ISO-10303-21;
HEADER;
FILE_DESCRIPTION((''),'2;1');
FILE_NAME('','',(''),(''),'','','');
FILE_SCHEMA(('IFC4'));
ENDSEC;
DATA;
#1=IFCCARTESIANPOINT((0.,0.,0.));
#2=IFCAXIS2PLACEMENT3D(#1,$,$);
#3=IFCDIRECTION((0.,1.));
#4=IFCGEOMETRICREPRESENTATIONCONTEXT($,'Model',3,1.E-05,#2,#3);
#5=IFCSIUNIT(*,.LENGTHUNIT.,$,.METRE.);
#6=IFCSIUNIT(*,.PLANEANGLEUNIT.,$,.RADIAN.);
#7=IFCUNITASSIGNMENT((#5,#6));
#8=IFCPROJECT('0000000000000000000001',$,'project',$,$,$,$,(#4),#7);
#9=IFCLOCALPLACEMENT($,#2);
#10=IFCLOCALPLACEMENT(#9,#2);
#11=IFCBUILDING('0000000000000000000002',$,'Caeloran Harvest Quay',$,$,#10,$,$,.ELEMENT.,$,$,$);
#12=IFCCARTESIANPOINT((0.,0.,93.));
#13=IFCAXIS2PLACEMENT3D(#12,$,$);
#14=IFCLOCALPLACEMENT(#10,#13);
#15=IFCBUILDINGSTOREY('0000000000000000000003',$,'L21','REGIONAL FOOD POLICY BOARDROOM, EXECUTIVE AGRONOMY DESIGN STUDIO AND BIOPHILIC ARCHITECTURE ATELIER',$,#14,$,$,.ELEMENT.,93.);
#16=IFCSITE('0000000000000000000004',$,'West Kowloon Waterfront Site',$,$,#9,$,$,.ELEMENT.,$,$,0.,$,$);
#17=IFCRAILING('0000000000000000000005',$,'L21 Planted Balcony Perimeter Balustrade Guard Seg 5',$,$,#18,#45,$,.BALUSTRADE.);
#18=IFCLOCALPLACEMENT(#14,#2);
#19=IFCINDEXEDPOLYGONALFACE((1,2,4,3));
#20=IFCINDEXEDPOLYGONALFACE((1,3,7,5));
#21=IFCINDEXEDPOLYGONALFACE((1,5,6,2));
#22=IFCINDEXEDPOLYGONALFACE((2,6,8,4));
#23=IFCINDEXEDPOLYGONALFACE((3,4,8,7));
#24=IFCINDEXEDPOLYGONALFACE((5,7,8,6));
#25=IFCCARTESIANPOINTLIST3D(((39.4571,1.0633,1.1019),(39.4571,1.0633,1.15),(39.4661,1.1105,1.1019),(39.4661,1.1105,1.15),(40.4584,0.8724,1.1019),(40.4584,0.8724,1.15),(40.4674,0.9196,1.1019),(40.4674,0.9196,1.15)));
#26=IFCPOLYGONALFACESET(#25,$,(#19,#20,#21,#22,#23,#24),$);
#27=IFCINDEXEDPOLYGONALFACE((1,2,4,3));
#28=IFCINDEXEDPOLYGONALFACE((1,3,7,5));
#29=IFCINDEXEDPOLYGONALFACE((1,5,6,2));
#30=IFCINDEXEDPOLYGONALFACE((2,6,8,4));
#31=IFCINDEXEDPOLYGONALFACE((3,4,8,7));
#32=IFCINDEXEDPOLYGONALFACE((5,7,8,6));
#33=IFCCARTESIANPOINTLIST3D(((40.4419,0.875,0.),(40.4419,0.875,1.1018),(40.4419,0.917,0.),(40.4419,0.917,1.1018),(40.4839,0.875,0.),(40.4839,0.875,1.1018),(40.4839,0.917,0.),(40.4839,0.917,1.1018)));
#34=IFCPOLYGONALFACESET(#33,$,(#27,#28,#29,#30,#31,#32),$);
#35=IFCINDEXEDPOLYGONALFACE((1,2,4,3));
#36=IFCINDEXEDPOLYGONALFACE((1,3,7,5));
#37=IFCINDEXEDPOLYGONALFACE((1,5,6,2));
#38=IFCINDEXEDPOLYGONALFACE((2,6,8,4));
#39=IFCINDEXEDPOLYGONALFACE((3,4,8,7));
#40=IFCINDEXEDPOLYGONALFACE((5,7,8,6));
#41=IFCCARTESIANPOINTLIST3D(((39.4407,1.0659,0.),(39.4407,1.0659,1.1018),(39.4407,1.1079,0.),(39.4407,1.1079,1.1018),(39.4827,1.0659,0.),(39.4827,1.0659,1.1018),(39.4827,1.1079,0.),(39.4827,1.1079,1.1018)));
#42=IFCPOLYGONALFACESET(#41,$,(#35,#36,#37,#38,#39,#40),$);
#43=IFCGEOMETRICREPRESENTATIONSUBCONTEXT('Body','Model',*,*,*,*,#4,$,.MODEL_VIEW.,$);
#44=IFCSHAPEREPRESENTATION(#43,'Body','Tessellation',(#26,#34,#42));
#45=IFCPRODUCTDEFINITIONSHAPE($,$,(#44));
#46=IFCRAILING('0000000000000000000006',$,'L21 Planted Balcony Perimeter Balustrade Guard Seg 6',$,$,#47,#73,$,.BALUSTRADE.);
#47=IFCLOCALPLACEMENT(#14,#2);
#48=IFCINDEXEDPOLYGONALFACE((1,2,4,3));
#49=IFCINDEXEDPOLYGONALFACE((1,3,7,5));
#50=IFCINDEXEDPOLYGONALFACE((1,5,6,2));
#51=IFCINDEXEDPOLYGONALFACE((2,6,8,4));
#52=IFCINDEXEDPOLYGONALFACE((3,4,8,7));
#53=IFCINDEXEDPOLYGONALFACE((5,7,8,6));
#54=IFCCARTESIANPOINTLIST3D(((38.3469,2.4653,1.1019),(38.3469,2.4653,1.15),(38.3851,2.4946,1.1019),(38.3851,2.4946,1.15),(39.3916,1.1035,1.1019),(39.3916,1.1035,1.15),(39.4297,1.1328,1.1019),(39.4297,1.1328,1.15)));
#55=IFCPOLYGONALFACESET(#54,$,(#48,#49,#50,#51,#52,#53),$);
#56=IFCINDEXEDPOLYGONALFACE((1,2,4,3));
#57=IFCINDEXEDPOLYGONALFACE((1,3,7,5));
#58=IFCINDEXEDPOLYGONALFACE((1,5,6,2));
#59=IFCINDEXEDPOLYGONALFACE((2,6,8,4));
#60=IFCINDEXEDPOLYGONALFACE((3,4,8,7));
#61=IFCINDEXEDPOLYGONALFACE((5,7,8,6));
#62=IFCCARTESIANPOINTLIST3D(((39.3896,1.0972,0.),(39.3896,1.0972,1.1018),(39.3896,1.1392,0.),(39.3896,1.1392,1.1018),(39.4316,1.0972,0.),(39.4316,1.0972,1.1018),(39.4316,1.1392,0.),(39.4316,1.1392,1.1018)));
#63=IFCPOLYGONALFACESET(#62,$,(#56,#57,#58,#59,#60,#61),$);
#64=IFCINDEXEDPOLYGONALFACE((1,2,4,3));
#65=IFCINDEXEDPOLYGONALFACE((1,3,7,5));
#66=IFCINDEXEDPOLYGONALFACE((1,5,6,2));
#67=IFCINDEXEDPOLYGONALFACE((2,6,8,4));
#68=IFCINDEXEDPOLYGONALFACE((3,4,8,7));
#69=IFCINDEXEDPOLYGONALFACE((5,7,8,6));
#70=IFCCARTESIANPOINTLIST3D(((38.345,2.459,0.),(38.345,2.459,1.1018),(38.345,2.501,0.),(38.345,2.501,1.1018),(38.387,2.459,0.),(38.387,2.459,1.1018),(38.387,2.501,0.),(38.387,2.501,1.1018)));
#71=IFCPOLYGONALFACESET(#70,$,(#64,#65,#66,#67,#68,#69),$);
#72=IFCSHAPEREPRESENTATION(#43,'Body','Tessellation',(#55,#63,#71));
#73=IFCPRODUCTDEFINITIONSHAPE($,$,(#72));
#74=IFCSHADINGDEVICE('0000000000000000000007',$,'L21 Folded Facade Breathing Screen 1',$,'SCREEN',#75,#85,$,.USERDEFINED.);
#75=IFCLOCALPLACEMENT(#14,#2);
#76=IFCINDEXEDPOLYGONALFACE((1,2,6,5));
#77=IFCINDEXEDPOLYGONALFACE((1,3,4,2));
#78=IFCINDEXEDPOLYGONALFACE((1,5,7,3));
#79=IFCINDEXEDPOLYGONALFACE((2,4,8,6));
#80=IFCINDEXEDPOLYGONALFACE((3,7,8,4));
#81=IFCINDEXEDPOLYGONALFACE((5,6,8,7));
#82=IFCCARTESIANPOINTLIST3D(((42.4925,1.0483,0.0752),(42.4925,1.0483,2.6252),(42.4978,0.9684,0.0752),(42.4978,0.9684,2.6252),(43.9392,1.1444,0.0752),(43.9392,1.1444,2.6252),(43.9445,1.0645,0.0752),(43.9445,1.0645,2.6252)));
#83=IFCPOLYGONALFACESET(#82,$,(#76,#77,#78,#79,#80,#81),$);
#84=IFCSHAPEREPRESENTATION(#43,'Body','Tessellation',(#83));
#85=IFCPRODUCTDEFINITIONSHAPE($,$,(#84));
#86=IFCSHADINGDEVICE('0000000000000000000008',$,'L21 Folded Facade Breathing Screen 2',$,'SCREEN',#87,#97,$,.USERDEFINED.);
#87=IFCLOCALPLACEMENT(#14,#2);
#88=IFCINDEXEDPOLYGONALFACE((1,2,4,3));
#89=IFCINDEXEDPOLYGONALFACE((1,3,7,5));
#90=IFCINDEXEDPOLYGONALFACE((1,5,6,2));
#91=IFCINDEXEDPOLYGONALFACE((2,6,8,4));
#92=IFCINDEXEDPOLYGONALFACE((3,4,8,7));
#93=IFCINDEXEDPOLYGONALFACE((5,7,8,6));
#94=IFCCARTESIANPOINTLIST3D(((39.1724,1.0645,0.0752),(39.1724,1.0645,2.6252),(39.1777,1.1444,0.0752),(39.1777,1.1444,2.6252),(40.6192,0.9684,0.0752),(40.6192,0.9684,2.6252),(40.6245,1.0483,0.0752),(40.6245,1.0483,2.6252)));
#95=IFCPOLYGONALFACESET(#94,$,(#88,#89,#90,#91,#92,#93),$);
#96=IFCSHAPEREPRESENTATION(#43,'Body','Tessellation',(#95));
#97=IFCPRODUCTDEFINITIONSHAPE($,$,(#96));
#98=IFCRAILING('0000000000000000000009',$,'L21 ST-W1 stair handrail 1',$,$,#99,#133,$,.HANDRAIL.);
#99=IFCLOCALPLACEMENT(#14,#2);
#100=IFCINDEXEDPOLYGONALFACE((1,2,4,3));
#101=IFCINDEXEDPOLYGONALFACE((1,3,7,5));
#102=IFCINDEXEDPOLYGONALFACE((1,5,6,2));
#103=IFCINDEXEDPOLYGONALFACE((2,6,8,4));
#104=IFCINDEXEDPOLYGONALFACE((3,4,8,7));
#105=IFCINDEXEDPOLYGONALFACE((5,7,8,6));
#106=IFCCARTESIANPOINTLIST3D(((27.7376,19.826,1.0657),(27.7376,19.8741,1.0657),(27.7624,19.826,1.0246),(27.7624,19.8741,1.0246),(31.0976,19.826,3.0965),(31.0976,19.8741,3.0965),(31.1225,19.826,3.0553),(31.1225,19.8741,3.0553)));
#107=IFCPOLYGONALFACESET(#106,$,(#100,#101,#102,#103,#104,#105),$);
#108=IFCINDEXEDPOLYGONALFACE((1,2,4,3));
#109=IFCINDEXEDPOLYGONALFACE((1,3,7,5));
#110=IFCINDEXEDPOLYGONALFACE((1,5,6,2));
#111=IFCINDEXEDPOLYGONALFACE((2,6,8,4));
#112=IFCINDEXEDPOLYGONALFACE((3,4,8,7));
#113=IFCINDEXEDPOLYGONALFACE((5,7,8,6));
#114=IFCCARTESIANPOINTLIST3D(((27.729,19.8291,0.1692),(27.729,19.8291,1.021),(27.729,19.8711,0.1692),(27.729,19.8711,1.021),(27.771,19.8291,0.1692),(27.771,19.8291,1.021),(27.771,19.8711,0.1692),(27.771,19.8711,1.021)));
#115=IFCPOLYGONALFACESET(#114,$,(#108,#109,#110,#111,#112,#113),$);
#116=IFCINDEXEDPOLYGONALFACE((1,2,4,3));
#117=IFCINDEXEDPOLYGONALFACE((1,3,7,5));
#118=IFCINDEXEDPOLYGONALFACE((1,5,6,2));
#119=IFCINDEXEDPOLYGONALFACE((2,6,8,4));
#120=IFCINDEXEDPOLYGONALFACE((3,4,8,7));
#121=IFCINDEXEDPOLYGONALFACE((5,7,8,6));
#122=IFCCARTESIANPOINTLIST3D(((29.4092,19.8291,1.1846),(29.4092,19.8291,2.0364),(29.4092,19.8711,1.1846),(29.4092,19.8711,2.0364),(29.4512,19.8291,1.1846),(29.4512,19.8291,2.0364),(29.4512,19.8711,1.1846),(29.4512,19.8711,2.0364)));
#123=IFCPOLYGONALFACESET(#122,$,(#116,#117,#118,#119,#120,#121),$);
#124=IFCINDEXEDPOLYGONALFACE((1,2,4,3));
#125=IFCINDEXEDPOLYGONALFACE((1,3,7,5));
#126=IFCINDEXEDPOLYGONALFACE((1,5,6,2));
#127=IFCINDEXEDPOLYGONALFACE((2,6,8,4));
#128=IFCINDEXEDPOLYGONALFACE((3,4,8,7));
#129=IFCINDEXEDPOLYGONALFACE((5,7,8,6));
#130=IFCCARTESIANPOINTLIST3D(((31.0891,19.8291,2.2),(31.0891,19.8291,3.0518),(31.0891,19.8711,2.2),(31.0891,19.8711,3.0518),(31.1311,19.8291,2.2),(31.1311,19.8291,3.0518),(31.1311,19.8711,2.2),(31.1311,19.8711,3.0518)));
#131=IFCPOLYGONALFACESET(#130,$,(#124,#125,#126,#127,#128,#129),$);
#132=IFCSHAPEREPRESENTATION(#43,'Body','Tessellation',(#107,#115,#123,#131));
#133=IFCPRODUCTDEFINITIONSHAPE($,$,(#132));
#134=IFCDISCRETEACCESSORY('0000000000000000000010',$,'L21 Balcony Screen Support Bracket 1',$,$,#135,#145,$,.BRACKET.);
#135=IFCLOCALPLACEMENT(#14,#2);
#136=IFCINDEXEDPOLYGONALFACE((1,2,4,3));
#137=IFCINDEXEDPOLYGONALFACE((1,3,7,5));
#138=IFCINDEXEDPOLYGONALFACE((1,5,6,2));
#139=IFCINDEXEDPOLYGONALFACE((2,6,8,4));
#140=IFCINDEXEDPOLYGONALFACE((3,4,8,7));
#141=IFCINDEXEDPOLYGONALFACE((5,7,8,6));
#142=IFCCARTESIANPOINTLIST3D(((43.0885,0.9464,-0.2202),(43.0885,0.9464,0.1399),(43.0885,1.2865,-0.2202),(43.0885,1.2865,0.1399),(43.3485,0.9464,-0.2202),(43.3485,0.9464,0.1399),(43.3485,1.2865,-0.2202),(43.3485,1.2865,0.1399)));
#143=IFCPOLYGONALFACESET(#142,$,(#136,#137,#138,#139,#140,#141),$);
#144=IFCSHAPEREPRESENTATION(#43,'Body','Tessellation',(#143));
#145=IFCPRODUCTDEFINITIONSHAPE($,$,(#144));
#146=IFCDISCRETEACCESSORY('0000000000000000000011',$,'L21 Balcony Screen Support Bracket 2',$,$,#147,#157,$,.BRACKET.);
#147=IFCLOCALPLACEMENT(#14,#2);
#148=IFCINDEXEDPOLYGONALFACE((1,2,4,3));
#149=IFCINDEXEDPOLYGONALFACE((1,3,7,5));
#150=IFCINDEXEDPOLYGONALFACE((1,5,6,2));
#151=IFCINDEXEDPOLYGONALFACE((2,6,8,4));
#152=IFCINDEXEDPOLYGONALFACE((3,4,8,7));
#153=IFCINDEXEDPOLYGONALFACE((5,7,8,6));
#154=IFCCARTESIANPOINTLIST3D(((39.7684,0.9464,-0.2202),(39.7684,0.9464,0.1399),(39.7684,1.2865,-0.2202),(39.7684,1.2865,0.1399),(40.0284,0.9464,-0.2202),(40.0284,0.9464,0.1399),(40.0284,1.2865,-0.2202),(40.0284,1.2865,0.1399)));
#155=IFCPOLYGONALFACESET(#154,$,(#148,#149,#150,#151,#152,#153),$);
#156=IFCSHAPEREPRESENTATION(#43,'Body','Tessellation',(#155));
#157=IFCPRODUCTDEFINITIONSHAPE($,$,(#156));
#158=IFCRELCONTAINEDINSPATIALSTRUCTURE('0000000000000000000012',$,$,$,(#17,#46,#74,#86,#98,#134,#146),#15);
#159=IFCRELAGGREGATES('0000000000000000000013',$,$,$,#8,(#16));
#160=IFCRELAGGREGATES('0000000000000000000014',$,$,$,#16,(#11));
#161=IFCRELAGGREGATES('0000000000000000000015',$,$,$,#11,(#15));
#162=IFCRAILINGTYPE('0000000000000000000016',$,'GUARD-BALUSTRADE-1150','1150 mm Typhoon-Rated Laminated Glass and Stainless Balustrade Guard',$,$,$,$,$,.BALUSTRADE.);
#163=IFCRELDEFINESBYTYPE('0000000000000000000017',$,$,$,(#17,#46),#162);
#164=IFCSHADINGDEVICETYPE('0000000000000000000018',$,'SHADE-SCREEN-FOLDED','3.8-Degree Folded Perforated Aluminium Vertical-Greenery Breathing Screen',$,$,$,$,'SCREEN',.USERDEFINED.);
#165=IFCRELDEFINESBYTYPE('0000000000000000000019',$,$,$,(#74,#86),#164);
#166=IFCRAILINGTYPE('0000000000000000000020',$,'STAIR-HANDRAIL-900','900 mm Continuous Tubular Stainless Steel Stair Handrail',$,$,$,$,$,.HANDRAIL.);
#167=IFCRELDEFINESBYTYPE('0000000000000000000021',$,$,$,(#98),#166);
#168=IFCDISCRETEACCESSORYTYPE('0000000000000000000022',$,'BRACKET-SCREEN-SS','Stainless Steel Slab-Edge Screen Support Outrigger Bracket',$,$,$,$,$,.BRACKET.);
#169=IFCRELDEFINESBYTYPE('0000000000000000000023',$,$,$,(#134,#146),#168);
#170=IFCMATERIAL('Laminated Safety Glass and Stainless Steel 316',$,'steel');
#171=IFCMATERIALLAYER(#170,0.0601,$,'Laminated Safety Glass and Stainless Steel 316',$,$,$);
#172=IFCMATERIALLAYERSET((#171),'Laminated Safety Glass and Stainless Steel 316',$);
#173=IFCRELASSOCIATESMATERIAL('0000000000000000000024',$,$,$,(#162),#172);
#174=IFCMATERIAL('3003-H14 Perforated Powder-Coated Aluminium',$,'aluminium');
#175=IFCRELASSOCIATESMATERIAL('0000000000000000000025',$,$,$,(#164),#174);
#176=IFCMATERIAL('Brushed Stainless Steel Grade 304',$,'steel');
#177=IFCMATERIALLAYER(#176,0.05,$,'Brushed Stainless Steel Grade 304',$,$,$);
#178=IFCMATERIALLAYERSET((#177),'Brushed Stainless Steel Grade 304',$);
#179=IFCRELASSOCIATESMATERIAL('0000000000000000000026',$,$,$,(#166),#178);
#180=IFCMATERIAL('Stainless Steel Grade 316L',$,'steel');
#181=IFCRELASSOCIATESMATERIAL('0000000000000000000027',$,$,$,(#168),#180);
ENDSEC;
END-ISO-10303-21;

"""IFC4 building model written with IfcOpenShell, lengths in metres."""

from ifc_helpers import new_model, si_unit, direction, frame, origin, origin_2d, place, context, subcontext, project, spatial, rectangle, extrude, material, layer, layer_set, type_object, element, save


model = new_model("IFC4")

# Units and contexts
model_context = context("Model", 3, precision=1e-05, world=origin(), true_north=direction((0.0, 1.0)))
body_context = subcontext(model_context, "Body", "Model", "MODEL_VIEW")
ifc_project = project(units=[si_unit("LENGTHUNIT", "METRE"), si_unit("PLANEANGLEUNIT", "RADIAN")], contexts=[model_context])

# Site, building, storey
site_placement = place(None, origin())
site = spatial("IfcSite", under=ifc_project, at=site_placement, Name="West Kowloon Waterfront Site", CompositionType="ELEMENT", RefElevation=0.0)
building_placement = place(site_placement, origin())
building = spatial("IfcBuilding", under=site, at=building_placement, Name="Caeloran Harvest Quay", CompositionType="ELEMENT")
storey_placement = place(building_placement, frame((0.0, 0.0, 93.0)))
storey = spatial("IfcBuildingStorey", under=building, at=storey_placement, Name="L21", Description="REGIONAL FOOD POLICY BOARDROOM, EXECUTIVE AGRONOMY DESIGN STUDIO AND BIOPHILIC ARCHITECTURE ATELIER", CompositionType="ELEMENT", Elevation=93.0)

# Railings
ifc_material_1 = material(Name="Laminated Safety Glass and Stainless Steel 316", Category="steel")
ifc_layer_1 = layer(ifc_material_1, 0.0601, Name="Laminated Safety Glass and Stainless Steel 316")
ifc_layer_set_1 = layer_set([ifc_layer_1], Name="Laminated Safety Glass and Stainless Steel 316")
railing_type_1 = type_object("IfcRailingType", Name="GUARD-BALUSTRADE-1150", Description="1150 mm Typhoon-Rated Laminated Glass and Stainless Balustrade Guard", PredefinedType="BALUSTRADE", material=ifc_layer_set_1)
railing_1_placement = place(storey_placement, frame((40.4629, 0.896, 0.0)))
element("IfcRailing", 1, at=railing_1_placement, inside=storey, type_object=railing_type_1, Name="L21 Planted Balcony Perimeter Balustrade Guard Seg 5", PredefinedType="BALUSTRADE", context=body_context, shape_type="SweptSolid", body=[
    extrude(rectangle(XDim=0.0481, YDim=0.0481, at=origin_2d()), frame((0.0, 0.0, 1.126), z_axis=(-0.982301, 0.18731, 0.0), x_axis=(-0.18731, -0.982301, 0.0)), (0.0, 0.0, 1.0), 1.0193),
    extrude(rectangle(XDim=0.042, YDim=0.042, at=origin_2d()), origin(), (0.0, 0.0, 1.0), 1.1018),
    extrude(rectangle(XDim=0.042, YDim=0.042, at=origin_2d()), frame((-1.0012, 0.1909, 0.0)), (0.0, 0.0, 1.0), 1.1018),
])
railing_2_placement = place(storey_placement, frame((39.4106, 1.1182, 0.0)))
element("IfcRailing", 2, at=railing_2_placement, inside=storey, type_object=railing_type_1, Name="L21 Planted Balcony Perimeter Balustrade Guard Seg 6", PredefinedType="BALUSTRADE", context=body_context, shape_type="SweptSolid", body=[
    extrude(rectangle(XDim=0.0481, YDim=0.0481, at=origin_2d()), frame((0.0, 0.0, 1.126), z_axis=(-0.608658, 0.793432, 0.0), x_axis=(-0.793432, -0.608658, 0.0)), (0.0, 0.0, 1.0), 1.7163),
    extrude(rectangle(XDim=0.042, YDim=0.042, at=origin_2d()), origin(), (0.0, 0.0, 1.0), 1.1018),
    extrude(rectangle(XDim=0.042, YDim=0.042, at=origin_2d()), frame((-1.0447, 1.3618, 0.0)), (0.0, 0.0, 1.0), 1.1018),
])

# Shading devices
ifc_material_2 = material(Name="3003-H14 Perforated Powder-Coated Aluminium", Category="aluminium")
shading_device_type = type_object("IfcShadingDeviceType", Name="SHADE-SCREEN-FOLDED", Description="3.8-Degree Folded Perforated Aluminium Vertical-Greenery Breathing Screen", ElementType="SCREEN", PredefinedType="USERDEFINED", material=ifc_material_2)
for number, where, z_axis, x_axis, name in (
    (3, (43.2185, 1.0564, 0.0752), (0.0, 0.0, 1.0), (0.997801, 0.066274, 0.0), "L21 Folded Facade Breathing Screen 1"),
    (4, (39.8984, 1.0564, 0.0752), (0.0, 0.0, 1.0), (0.997801, -0.066274, 0.0), "L21 Folded Facade Breathing Screen 2"),
):
    element("IfcShadingDevice", number, at=place(storey_placement, frame(where, z_axis=z_axis, x_axis=x_axis)), inside=storey, type_object=shading_device_type, Name=name, ObjectType="SCREEN", PredefinedType="USERDEFINED", context=body_context, shape_type="SweptSolid", body=[
        extrude(rectangle(XDim=1.45, YDim=0.0801, at=origin_2d()), origin(), (0.0, 0.0, 1.0), 2.55),
    ])

# Railing
ifc_material_3 = material(Name="Brushed Stainless Steel Grade 304", Category="steel")
ifc_layer_2 = layer(ifc_material_3, 0.05, Name="Brushed Stainless Steel Grade 304")
ifc_layer_set_2 = layer_set([ifc_layer_2], Name="Brushed Stainless Steel Grade 304")
railing_type_2 = type_object("IfcRailingType", Name="STAIR-HANDRAIL-900", Description="900 mm Continuous Tubular Stainless Steel Stair Handrail", PredefinedType="HANDRAIL", material=ifc_layer_set_2)
railing_3_placement = place(storey_placement, frame((27.75, 19.8501, 0.1692)))
element("IfcRailing", 5, at=railing_3_placement, inside=storey, type_object=railing_type_2, Name="L21 ST-W1 stair handrail 1", PredefinedType="HANDRAIL", context=body_context, shape_type="SweptSolid", body=[
    extrude(rectangle(XDim=0.0481, YDim=0.0481, at=origin_2d()), frame((0.0, 0.0, 0.876), z_axis=(0.855837, 0.0, 0.517246), x_axis=(0.0, 1.0, 0.0)), (0.0, 0.0, 1.0), 3.926),
    extrude(rectangle(XDim=0.042, YDim=0.042, at=origin_2d()), origin(), (0.0, 0.0, 1.0), 0.8518),
    extrude(rectangle(XDim=0.042, YDim=0.042, at=origin_2d()), frame((1.6802, 0.0, 1.0154)), (0.0, 0.0, 1.0), 0.8518),
    extrude(rectangle(XDim=0.042, YDim=0.042, at=origin_2d()), frame((3.3601, 0.0, 2.0308)), (0.0, 0.0, 1.0), 0.8518),
])

# Discrete accessories
ifc_material_4 = material(Name="Stainless Steel Grade 316L", Category="steel")
discrete_accessory_type = type_object("IfcDiscreteAccessoryType", Name="BRACKET-SCREEN-SS", Description="Stainless Steel Slab-Edge Screen Support Outrigger Bracket", PredefinedType="BRACKET", material=ifc_material_4)
for number, where, z_axis, x_axis, name in (
    (6, (43.2185, 1.1165, -0.2202), (0.0, 0.0, 1.0), (1.0, 0.0, 0.0), "L21 Balcony Screen Support Bracket 1"),
    (7, (39.8984, 1.1165, -0.2202), (0.0, 0.0, 1.0), (1.0, 0.0, 0.0), "L21 Balcony Screen Support Bracket 2"),
):
    element("IfcDiscreteAccessory", number, at=place(storey_placement, frame(where, z_axis=z_axis, x_axis=x_axis)), inside=storey, type_object=discrete_accessory_type, Name=name, PredefinedType="BRACKET", context=body_context, shape_type="SweptSolid", body=[
        extrude(rectangle(XDim=0.26, YDim=0.3401, at=origin_2d()), origin(), (0.0, 0.0, 1.0), 0.3601),
    ])

save(model, "model.ifc")
